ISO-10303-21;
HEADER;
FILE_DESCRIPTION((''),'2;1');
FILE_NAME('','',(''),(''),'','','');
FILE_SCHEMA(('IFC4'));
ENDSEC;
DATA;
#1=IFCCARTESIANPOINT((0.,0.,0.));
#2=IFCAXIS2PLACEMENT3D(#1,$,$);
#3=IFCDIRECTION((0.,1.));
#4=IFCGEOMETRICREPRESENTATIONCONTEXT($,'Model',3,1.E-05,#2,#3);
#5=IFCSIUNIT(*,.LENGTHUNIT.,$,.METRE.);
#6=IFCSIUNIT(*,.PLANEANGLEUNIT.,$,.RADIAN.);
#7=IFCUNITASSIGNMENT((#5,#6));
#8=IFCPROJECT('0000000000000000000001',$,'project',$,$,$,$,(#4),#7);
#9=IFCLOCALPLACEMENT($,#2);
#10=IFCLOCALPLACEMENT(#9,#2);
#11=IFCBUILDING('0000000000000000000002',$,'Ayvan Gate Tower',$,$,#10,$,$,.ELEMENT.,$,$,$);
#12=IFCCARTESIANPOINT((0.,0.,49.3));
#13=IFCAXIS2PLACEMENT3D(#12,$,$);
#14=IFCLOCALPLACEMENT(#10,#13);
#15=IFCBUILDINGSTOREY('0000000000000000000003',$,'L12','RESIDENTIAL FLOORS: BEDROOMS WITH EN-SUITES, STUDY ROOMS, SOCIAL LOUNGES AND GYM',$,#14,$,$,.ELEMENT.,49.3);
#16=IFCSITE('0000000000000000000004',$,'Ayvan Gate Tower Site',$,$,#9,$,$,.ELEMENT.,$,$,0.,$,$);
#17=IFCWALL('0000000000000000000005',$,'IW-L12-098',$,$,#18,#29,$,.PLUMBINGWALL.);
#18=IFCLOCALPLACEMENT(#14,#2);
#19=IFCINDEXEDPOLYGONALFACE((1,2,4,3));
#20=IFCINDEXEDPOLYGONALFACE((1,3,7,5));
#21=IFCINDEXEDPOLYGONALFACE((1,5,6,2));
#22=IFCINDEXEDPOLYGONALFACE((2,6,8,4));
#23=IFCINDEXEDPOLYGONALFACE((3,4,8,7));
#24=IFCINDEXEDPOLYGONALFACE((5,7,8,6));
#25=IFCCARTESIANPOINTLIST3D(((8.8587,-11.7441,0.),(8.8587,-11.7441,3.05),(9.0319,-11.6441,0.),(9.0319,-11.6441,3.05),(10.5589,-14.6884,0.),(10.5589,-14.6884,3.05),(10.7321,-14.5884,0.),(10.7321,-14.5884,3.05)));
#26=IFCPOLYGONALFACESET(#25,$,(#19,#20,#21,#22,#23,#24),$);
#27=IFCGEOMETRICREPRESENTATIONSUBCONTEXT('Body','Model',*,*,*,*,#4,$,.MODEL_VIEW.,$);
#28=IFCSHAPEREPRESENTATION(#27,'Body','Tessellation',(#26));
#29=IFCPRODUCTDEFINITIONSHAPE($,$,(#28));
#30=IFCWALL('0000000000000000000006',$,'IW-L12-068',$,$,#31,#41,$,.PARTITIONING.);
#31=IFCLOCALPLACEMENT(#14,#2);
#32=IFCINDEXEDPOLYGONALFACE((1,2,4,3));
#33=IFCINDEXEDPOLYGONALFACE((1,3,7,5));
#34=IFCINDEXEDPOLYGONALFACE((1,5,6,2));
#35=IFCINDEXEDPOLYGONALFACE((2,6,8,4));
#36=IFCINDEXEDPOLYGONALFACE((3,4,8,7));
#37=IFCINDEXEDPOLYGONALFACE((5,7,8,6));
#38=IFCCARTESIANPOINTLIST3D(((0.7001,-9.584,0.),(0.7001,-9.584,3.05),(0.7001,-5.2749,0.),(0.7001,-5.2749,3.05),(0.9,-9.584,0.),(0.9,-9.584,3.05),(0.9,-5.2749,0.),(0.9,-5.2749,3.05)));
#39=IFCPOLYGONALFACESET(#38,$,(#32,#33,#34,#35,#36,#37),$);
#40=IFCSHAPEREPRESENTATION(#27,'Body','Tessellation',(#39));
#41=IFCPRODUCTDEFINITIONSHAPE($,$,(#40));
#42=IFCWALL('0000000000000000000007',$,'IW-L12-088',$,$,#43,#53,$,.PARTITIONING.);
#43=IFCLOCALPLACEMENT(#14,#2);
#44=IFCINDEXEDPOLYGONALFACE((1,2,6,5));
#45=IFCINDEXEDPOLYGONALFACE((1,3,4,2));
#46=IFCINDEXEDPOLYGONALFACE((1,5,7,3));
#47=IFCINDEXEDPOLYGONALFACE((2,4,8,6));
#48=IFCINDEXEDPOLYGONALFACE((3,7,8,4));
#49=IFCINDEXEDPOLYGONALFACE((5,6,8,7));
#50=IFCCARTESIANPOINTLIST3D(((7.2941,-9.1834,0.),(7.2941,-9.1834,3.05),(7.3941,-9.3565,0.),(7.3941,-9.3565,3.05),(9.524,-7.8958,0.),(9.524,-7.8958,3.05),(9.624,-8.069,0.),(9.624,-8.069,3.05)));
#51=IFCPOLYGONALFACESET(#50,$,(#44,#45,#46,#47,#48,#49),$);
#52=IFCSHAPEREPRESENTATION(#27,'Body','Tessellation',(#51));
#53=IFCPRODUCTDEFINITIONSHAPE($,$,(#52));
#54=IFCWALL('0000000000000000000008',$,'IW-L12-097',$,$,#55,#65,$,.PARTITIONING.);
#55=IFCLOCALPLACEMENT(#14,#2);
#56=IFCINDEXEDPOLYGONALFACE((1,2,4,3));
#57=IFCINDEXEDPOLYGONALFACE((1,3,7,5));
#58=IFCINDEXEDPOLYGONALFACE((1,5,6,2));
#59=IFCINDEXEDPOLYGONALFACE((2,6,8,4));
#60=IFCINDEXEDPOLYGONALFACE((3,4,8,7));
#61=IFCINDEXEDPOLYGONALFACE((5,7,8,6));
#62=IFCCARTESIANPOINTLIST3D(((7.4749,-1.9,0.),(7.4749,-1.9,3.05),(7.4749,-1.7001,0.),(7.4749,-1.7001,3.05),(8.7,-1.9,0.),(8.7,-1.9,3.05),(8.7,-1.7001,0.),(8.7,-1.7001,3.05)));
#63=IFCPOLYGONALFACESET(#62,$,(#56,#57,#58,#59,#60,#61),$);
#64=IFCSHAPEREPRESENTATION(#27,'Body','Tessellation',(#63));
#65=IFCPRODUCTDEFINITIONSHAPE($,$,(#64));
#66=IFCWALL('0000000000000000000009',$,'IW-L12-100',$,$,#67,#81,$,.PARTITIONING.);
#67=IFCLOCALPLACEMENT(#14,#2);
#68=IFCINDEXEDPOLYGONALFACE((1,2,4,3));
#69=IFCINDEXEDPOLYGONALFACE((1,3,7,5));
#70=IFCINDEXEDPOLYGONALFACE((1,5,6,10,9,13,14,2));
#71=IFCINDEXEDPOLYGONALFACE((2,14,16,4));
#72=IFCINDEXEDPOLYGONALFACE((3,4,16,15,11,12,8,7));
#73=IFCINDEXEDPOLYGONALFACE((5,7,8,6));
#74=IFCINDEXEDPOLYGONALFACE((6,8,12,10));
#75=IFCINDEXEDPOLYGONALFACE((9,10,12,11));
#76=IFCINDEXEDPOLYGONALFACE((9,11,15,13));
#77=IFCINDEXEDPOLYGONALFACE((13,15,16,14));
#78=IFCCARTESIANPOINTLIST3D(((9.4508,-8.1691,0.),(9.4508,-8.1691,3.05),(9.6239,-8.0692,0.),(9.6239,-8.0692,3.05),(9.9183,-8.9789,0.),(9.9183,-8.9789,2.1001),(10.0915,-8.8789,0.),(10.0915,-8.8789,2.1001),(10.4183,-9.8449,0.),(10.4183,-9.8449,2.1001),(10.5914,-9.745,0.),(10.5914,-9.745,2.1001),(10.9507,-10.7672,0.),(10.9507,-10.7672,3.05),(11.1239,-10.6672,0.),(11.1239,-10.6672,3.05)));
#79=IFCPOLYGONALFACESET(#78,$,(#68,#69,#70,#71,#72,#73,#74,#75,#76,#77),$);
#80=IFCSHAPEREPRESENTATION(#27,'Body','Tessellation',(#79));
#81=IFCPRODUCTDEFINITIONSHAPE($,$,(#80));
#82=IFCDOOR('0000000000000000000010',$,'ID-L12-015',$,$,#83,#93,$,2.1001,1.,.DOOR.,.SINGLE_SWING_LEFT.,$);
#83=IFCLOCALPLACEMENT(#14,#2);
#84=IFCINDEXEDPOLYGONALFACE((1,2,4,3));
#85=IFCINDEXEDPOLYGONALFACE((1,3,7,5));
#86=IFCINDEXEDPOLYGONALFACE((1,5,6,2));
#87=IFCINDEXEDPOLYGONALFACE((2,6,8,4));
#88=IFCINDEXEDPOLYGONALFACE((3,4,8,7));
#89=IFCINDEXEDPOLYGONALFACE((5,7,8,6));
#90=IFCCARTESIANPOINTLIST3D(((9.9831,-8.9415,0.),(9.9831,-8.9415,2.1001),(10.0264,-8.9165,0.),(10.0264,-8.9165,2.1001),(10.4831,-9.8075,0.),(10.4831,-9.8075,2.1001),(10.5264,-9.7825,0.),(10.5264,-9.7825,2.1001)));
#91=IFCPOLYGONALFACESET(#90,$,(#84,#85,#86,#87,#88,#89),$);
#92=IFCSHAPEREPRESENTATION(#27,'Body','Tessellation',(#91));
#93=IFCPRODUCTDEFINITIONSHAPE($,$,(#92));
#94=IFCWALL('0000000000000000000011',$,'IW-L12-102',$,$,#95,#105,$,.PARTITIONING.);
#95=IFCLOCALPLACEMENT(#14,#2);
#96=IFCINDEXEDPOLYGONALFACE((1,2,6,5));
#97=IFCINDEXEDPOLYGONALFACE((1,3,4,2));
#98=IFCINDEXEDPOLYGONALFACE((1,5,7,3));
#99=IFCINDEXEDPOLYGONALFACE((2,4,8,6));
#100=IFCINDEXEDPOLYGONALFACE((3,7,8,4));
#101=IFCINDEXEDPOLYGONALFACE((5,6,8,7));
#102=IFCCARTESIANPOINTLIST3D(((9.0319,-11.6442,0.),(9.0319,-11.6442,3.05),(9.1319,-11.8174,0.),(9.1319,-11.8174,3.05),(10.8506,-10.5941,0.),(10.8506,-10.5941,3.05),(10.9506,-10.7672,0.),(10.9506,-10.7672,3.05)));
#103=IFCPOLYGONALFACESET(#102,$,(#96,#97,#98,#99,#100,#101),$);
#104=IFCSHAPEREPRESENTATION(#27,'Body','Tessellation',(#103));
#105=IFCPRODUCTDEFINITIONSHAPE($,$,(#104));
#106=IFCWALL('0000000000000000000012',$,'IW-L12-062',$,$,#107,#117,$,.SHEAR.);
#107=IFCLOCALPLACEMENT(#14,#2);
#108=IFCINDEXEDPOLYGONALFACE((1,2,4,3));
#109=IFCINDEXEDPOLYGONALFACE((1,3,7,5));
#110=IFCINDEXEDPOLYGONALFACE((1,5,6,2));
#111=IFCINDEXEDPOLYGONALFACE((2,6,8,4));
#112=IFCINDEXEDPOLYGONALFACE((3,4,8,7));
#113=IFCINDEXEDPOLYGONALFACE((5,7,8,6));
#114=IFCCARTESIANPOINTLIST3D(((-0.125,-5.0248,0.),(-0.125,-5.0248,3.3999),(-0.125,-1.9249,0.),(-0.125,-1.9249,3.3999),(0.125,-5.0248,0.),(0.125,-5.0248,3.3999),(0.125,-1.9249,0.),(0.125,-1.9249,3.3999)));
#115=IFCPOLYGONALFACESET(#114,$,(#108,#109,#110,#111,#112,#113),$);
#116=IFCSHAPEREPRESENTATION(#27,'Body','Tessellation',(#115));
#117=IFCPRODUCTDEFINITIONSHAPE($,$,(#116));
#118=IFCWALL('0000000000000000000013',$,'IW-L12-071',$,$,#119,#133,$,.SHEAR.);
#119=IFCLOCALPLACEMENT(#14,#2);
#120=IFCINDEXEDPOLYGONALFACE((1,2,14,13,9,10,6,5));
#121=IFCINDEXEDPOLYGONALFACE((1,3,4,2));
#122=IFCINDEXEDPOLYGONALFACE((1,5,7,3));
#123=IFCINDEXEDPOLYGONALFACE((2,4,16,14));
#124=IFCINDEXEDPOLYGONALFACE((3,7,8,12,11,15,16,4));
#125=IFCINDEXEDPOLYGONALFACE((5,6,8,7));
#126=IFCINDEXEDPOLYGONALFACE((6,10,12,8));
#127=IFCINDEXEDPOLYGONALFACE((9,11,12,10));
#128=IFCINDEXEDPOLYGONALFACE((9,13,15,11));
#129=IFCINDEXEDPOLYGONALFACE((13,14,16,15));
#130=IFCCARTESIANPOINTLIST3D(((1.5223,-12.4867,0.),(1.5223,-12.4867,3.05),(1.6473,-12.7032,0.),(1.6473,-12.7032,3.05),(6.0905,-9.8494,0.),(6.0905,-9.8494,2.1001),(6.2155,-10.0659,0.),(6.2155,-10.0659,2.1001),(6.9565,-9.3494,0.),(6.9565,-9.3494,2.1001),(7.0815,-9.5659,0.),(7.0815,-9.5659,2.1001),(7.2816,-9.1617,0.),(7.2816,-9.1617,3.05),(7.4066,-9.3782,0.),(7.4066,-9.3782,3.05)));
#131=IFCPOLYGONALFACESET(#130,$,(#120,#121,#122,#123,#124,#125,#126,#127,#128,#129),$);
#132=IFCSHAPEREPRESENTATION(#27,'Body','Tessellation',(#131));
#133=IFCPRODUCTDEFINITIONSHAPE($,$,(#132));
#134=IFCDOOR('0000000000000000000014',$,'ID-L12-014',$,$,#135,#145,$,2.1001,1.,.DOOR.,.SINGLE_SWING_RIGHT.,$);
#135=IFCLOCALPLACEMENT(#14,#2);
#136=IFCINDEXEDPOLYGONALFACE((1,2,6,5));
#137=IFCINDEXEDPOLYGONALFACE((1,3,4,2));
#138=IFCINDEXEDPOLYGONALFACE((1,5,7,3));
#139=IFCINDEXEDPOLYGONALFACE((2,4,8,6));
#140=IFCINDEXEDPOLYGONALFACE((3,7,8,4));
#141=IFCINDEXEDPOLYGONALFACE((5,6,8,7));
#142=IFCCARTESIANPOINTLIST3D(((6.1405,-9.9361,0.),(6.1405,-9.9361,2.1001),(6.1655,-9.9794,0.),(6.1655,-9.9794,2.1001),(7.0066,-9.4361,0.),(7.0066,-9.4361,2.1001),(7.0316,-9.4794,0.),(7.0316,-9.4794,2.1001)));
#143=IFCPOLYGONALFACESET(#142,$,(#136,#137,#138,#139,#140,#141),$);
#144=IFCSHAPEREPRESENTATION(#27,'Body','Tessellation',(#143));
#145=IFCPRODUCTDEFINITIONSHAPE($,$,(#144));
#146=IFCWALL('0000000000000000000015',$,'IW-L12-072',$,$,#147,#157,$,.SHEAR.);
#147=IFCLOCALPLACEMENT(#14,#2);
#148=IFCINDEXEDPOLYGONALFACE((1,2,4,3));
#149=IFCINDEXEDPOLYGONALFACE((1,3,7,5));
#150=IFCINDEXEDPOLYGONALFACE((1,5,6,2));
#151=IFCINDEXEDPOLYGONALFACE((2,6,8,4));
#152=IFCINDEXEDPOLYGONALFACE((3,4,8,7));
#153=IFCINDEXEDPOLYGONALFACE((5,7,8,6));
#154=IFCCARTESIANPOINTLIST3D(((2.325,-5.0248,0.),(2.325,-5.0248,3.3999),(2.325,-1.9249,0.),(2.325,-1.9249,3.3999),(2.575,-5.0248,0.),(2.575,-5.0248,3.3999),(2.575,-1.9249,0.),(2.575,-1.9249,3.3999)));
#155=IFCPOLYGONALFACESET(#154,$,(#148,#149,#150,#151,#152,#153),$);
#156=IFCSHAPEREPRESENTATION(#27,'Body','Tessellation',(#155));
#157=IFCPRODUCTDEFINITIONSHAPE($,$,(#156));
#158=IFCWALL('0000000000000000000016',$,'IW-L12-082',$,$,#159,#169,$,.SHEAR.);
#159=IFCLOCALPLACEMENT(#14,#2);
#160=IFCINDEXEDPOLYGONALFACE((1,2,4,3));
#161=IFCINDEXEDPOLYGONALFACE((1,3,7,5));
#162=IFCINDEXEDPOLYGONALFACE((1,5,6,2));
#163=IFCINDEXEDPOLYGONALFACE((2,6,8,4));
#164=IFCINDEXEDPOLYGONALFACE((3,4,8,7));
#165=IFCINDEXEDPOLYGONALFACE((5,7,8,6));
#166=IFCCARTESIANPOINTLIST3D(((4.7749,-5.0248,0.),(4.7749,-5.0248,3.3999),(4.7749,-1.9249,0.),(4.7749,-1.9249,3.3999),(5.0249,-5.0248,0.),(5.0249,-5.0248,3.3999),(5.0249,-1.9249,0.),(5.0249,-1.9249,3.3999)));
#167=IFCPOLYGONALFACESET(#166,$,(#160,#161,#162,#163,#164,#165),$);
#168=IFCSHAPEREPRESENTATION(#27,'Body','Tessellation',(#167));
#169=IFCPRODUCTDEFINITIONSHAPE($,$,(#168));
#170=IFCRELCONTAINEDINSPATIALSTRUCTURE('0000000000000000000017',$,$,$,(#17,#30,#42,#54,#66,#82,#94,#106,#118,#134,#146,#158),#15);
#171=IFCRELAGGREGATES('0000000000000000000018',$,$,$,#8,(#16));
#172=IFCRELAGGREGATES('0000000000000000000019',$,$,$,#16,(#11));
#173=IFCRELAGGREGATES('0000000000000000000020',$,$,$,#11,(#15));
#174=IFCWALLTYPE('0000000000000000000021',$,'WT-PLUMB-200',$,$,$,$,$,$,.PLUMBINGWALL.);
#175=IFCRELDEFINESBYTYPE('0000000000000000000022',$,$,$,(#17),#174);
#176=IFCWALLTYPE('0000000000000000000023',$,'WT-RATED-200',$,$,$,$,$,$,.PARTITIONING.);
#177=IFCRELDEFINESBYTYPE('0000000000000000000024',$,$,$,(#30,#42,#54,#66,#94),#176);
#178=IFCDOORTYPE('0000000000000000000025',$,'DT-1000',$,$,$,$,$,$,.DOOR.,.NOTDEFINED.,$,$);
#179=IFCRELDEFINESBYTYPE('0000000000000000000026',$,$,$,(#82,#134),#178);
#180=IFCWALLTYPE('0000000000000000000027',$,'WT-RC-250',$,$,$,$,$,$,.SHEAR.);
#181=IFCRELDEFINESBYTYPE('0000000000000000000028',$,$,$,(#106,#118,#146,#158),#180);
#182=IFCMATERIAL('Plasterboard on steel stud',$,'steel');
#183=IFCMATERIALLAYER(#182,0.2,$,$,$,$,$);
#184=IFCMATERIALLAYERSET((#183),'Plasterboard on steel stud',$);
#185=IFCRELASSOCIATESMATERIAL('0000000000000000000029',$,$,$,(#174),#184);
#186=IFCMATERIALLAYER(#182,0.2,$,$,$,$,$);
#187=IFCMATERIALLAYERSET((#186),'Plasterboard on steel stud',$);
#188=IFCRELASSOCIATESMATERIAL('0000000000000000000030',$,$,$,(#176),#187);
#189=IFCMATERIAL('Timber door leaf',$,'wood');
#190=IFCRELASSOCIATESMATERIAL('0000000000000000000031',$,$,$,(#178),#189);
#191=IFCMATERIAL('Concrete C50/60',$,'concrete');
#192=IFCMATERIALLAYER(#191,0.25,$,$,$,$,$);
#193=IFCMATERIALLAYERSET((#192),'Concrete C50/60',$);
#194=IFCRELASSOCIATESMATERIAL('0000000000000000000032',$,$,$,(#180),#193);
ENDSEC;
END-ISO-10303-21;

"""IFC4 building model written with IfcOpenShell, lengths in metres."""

from ifc_helpers import new_model, si_unit, direction, frame, frame_2d, origin, place, context, subcontext, project, spatial, rectangle, extrude, material, layer, layer_set, type_object, element, fill, save


model = new_model("IFC4")

# Units and contexts
model_context = context("Model", 3, precision=1e-05, world=origin(), true_north=direction((0.0, 1.0)))
body_context = subcontext(model_context, "Body", "Model", "MODEL_VIEW")
ifc_project = project(units=[si_unit("LENGTHUNIT", "METRE"), si_unit("PLANEANGLEUNIT", "RADIAN")], contexts=[model_context])

# Site, building, storey
site_placement = place(None, origin())
site = spatial("IfcSite", under=ifc_project, at=site_placement, Name="Ayvan Gate Tower Site", CompositionType="ELEMENT", RefElevation=0.0)
building_placement = place(site_placement, origin())
building = spatial("IfcBuilding", under=site, at=building_placement, Name="Ayvan Gate Tower", CompositionType="ELEMENT")
storey_placement = place(building_placement, frame((0.0, 0.0, 49.3)))
storey = spatial("IfcBuildingStorey", under=building, at=storey_placement, Name="L12", Description="RESIDENTIAL FLOORS: BEDROOMS WITH EN-SUITES, STUDY ROOMS, SOCIAL LOUNGES AND GYM", CompositionType="ELEMENT", Elevation=49.3)

# Shared definitions
ifc_material_1 = material(Name="Timber door leaf", Category="wood")

# Walls
ifc_material_2 = material(Name="Plasterboard on steel stud", Category="steel")
ifc_layer_1 = layer(ifc_material_2, 0.2)
ifc_layer_set_1 = layer_set([ifc_layer_1], Name="Plasterboard on steel stud")
wall_type_1 = type_object("IfcWallType", Name="WT-PLUMB-200", PredefinedType="PLUMBINGWALL", material=ifc_layer_set_1)
wall_1_placement = place(storey_placement, frame((8.9453, -11.6941, 0.0), z_axis=(0.0, 0.0, 1.0), x_axis=(0.500062, -0.865989, 0.0)))
element("IfcWall", 1, at=wall_1_placement, inside=storey, type_object=wall_type_1, Name="IW-L12-098", PredefinedType="PLUMBINGWALL", context=body_context, shape_type="SweptSolid", body=[
    extrude(rectangle(XDim=3.3999, YDim=0.2, at=frame_2d((1.7, 0.0))), origin(), (0.0, 0.0, 1.0), 3.05),
])
ifc_layer_2 = layer(ifc_material_2, 0.2)
ifc_layer_set_2 = layer_set([ifc_layer_2], Name="Plasterboard on steel stud")
wall_type_2 = type_object("IfcWallType", Name="WT-RATED-200", PredefinedType="PARTITIONING", material=ifc_layer_set_2)
wall_2_placement = place(storey_placement, frame((0.8, -5.2749, 0.0), z_axis=(0.0, 0.0, 1.0), x_axis=(0.0, -1.0, 0.0)))
element("IfcWall", 2, at=wall_2_placement, inside=storey, type_object=wall_type_2, Name="IW-L12-068", PredefinedType="PARTITIONING", context=body_context, shape_type="SweptSolid", body=[
    extrude(rectangle(XDim=4.3091, YDim=0.2, at=frame_2d((2.1545, 0.0))), origin(), (0.0, 0.0, 1.0), 3.05),
])
wall_3_placement = place(storey_placement, frame((7.344, -9.27, 0.0), z_axis=(0.0, 0.0, 1.0), x_axis=(0.866006, 0.500034, 0.0)))
element("IfcWall", 3, at=wall_3_placement, inside=storey, type_object=wall_type_2, Name="IW-L12-088", PredefinedType="PARTITIONING", context=body_context, shape_type="SweptSolid", body=[
    extrude(rectangle(XDim=2.575, YDim=0.2, at=frame_2d((1.2876, 0.0))), origin(), (0.0, 0.0, 1.0), 3.05),
])
wall_4_placement = place(storey_placement, frame((8.7, -1.8, 0.0), z_axis=(0.0, 0.0, 1.0), x_axis=(-1.0, 0.0, 0.0)))
element("IfcWall", 4, at=wall_4_placement, inside=storey, type_object=wall_type_2, Name="IW-L12-097", PredefinedType="PARTITIONING", context=body_context, shape_type="SweptSolid", body=[
    extrude(rectangle(XDim=1.2251, YDim=0.2, at=frame_2d((0.6125, 0.0))), origin(), (0.0, 0.0, 1.0), 3.05),
])

# Wall, opening, door
wall_5_placement = place(storey_placement, frame((9.5374, -8.1191, 0.0), z_axis=(0.0, 0.0, 1.0), x_axis=(0.49999, -0.866031, 0.0)))
wall_5 = element("IfcWall", 5, at=wall_5_placement, inside=storey, type_object=wall_type_2, Name="IW-L12-100", PredefinedType="PARTITIONING", context=body_context, shape_type="SweptSolid", body=[
    extrude(rectangle(XDim=3.0, YDim=0.2, at=frame_2d((1.5, 0.0))), origin(), (0.0, 0.0, 1.0), 3.05),
])
opening_1_placement = place(wall_5_placement, frame((0.9351, 0.0, 0.0)))
opening_1 = element("IfcOpeningElement", 6, at=opening_1_placement, cuts=wall_5, PredefinedType="OPENING", context=body_context, shape_type="SweptSolid", body=[
    extrude(rectangle(XDim=1.0, YDim=2.1001, at=frame_2d((0.5, 1.05))), frame((0.0, 0.1099, 0.0), z_axis=(0.0, -1.0, 0.0), x_axis=(1.0, 0.0, 0.0)), (0.0, 0.0, 1.0), 0.22),
])
door_type_1 = type_object("IfcDoorType", Name="DT-1000", OperationType="NOTDEFINED", PredefinedType="DOOR", material=ifc_material_1)
door_1_placement = place(opening_1_placement, origin())
door_1 = element("IfcDoor", 7, at=door_1_placement, inside=storey, type_object=door_type_1, Name="ID-L12-015", OperationType="SINGLE_SWING_LEFT", OverallHeight=2.1001, OverallWidth=1.0, PredefinedType="DOOR", context=body_context, shape_type="SweptSolid", body=[
    extrude(rectangle(XDim=1.0, YDim=2.1001, at=frame_2d((0.5, 1.05))), frame((0.0, 0.0249, 0.0), z_axis=(0.0, -1.0, 0.0), x_axis=(1.0, 0.0, 0.0)), (0.0, 0.0, 1.0), 0.05),
])
fill(opening_1, door_1)

# Walls
wall_6_placement = place(storey_placement, frame((10.9006, -10.6807, 0.0), z_axis=(0.0, 0.0, 1.0), x_axis=(-0.866009, -0.500028, 0.0)))
element("IfcWall", 8, at=wall_6_placement, inside=storey, type_object=wall_type_2, Name="IW-L12-102", PredefinedType="PARTITIONING", context=body_context, shape_type="SweptSolid", body=[
    extrude(rectangle(XDim=2.1001, YDim=0.2, at=frame_2d((1.05, 0.0))), origin(), (0.0, 0.0, 1.0), 3.05),
])
ifc_material_3 = material(Name="Concrete C50/60", Category="concrete")
ifc_layer_3 = layer(ifc_material_3, 0.25)
ifc_layer_set_3 = layer_set([ifc_layer_3], Name="Concrete C50/60")
wall_type_3 = type_object("IfcWallType", Name="WT-RC-250", PredefinedType="SHEAR", material=ifc_layer_set_3)
wall_7_placement = place(storey_placement, frame((0.0, -1.925, 0.0), z_axis=(0.0, 0.0, 1.0), x_axis=(0.0, -1.0, 0.0)))
element("IfcWall", 9, at=wall_7_placement, inside=storey, type_object=wall_type_3, Name="IW-L12-062", PredefinedType="SHEAR", context=body_context, shape_type="SweptSolid", body=[
    extrude(rectangle(XDim=3.0999, YDim=0.25, at=frame_2d((1.5498, 0.0))), origin(), (0.0, 0.0, 1.0), 3.3999),
])

# Wall, opening, door
wall_8_placement = place(storey_placement, frame((1.5847, -12.595, 0.0), z_axis=(0.0, 0.0, 1.0), x_axis=(0.866036, 0.499981, 0.0)))
wall_8 = element("IfcWall", 10, at=wall_8_placement, inside=storey, type_object=wall_type_3, Name="IW-L12-071", PredefinedType="SHEAR", context=body_context, shape_type="SweptSolid", body=[
    extrude(rectangle(XDim=6.6501, YDim=0.25, at=frame_2d((3.3252, 0.0))), origin(), (0.0, 0.0, 1.0), 3.05),
])
opening_2_placement = place(wall_8_placement, frame((5.2749, 0.0, 0.0)))
opening_2 = element("IfcOpeningElement", 11, at=opening_2_placement, cuts=wall_8, PredefinedType="OPENING", context=body_context, shape_type="SweptSolid", body=[
    extrude(rectangle(XDim=1.0, YDim=2.1001, at=frame_2d((0.5, 1.05))), frame((0.0, 0.135, 0.0), z_axis=(0.0, -1.0, 0.0), x_axis=(1.0, 0.0, 0.0)), (0.0, 0.0, 1.0), 0.27),
])
door_2_placement = place(opening_2_placement, origin())
door_2 = element("IfcDoor", 12, at=door_2_placement, inside=storey, type_object=door_type_1, Name="ID-L12-014", OperationType="SINGLE_SWING_RIGHT", OverallHeight=2.1001, OverallWidth=1.0, PredefinedType="DOOR", context=body_context, shape_type="SweptSolid", body=[
    extrude(rectangle(XDim=1.0, YDim=2.1001, at=frame_2d((0.5, 1.05))), frame((0.0, 0.0249, 0.0), z_axis=(0.0, -1.0, 0.0), x_axis=(1.0, 0.0, 0.0)), (0.0, 0.0, 1.0), 0.05),
])
fill(opening_2, door_2)

# Walls
for number, where, z_axis, x_axis, name in (
    (13, (2.45, -1.925, 0.0), (0.0, 0.0, 1.0), (0.0, -1.0, 0.0), "IW-L12-072"),
    (14, (4.8999, -1.925, 0.0), (0.0, 0.0, 1.0), (0.0, -1.0, 0.0), "IW-L12-082"),
):
    element("IfcWall", number, at=place(storey_placement, frame(where, z_axis=z_axis, x_axis=x_axis)), inside=storey, type_object=wall_type_3, Name=name, PredefinedType="SHEAR", context=body_context, shape_type="SweptSolid", body=[
        extrude(rectangle(XDim=3.0999, YDim=0.25, at=frame_2d((1.5498, 0.0))), origin(), (0.0, 0.0, 1.0), 3.3999),
    ])

save(model, "model.ifc")
